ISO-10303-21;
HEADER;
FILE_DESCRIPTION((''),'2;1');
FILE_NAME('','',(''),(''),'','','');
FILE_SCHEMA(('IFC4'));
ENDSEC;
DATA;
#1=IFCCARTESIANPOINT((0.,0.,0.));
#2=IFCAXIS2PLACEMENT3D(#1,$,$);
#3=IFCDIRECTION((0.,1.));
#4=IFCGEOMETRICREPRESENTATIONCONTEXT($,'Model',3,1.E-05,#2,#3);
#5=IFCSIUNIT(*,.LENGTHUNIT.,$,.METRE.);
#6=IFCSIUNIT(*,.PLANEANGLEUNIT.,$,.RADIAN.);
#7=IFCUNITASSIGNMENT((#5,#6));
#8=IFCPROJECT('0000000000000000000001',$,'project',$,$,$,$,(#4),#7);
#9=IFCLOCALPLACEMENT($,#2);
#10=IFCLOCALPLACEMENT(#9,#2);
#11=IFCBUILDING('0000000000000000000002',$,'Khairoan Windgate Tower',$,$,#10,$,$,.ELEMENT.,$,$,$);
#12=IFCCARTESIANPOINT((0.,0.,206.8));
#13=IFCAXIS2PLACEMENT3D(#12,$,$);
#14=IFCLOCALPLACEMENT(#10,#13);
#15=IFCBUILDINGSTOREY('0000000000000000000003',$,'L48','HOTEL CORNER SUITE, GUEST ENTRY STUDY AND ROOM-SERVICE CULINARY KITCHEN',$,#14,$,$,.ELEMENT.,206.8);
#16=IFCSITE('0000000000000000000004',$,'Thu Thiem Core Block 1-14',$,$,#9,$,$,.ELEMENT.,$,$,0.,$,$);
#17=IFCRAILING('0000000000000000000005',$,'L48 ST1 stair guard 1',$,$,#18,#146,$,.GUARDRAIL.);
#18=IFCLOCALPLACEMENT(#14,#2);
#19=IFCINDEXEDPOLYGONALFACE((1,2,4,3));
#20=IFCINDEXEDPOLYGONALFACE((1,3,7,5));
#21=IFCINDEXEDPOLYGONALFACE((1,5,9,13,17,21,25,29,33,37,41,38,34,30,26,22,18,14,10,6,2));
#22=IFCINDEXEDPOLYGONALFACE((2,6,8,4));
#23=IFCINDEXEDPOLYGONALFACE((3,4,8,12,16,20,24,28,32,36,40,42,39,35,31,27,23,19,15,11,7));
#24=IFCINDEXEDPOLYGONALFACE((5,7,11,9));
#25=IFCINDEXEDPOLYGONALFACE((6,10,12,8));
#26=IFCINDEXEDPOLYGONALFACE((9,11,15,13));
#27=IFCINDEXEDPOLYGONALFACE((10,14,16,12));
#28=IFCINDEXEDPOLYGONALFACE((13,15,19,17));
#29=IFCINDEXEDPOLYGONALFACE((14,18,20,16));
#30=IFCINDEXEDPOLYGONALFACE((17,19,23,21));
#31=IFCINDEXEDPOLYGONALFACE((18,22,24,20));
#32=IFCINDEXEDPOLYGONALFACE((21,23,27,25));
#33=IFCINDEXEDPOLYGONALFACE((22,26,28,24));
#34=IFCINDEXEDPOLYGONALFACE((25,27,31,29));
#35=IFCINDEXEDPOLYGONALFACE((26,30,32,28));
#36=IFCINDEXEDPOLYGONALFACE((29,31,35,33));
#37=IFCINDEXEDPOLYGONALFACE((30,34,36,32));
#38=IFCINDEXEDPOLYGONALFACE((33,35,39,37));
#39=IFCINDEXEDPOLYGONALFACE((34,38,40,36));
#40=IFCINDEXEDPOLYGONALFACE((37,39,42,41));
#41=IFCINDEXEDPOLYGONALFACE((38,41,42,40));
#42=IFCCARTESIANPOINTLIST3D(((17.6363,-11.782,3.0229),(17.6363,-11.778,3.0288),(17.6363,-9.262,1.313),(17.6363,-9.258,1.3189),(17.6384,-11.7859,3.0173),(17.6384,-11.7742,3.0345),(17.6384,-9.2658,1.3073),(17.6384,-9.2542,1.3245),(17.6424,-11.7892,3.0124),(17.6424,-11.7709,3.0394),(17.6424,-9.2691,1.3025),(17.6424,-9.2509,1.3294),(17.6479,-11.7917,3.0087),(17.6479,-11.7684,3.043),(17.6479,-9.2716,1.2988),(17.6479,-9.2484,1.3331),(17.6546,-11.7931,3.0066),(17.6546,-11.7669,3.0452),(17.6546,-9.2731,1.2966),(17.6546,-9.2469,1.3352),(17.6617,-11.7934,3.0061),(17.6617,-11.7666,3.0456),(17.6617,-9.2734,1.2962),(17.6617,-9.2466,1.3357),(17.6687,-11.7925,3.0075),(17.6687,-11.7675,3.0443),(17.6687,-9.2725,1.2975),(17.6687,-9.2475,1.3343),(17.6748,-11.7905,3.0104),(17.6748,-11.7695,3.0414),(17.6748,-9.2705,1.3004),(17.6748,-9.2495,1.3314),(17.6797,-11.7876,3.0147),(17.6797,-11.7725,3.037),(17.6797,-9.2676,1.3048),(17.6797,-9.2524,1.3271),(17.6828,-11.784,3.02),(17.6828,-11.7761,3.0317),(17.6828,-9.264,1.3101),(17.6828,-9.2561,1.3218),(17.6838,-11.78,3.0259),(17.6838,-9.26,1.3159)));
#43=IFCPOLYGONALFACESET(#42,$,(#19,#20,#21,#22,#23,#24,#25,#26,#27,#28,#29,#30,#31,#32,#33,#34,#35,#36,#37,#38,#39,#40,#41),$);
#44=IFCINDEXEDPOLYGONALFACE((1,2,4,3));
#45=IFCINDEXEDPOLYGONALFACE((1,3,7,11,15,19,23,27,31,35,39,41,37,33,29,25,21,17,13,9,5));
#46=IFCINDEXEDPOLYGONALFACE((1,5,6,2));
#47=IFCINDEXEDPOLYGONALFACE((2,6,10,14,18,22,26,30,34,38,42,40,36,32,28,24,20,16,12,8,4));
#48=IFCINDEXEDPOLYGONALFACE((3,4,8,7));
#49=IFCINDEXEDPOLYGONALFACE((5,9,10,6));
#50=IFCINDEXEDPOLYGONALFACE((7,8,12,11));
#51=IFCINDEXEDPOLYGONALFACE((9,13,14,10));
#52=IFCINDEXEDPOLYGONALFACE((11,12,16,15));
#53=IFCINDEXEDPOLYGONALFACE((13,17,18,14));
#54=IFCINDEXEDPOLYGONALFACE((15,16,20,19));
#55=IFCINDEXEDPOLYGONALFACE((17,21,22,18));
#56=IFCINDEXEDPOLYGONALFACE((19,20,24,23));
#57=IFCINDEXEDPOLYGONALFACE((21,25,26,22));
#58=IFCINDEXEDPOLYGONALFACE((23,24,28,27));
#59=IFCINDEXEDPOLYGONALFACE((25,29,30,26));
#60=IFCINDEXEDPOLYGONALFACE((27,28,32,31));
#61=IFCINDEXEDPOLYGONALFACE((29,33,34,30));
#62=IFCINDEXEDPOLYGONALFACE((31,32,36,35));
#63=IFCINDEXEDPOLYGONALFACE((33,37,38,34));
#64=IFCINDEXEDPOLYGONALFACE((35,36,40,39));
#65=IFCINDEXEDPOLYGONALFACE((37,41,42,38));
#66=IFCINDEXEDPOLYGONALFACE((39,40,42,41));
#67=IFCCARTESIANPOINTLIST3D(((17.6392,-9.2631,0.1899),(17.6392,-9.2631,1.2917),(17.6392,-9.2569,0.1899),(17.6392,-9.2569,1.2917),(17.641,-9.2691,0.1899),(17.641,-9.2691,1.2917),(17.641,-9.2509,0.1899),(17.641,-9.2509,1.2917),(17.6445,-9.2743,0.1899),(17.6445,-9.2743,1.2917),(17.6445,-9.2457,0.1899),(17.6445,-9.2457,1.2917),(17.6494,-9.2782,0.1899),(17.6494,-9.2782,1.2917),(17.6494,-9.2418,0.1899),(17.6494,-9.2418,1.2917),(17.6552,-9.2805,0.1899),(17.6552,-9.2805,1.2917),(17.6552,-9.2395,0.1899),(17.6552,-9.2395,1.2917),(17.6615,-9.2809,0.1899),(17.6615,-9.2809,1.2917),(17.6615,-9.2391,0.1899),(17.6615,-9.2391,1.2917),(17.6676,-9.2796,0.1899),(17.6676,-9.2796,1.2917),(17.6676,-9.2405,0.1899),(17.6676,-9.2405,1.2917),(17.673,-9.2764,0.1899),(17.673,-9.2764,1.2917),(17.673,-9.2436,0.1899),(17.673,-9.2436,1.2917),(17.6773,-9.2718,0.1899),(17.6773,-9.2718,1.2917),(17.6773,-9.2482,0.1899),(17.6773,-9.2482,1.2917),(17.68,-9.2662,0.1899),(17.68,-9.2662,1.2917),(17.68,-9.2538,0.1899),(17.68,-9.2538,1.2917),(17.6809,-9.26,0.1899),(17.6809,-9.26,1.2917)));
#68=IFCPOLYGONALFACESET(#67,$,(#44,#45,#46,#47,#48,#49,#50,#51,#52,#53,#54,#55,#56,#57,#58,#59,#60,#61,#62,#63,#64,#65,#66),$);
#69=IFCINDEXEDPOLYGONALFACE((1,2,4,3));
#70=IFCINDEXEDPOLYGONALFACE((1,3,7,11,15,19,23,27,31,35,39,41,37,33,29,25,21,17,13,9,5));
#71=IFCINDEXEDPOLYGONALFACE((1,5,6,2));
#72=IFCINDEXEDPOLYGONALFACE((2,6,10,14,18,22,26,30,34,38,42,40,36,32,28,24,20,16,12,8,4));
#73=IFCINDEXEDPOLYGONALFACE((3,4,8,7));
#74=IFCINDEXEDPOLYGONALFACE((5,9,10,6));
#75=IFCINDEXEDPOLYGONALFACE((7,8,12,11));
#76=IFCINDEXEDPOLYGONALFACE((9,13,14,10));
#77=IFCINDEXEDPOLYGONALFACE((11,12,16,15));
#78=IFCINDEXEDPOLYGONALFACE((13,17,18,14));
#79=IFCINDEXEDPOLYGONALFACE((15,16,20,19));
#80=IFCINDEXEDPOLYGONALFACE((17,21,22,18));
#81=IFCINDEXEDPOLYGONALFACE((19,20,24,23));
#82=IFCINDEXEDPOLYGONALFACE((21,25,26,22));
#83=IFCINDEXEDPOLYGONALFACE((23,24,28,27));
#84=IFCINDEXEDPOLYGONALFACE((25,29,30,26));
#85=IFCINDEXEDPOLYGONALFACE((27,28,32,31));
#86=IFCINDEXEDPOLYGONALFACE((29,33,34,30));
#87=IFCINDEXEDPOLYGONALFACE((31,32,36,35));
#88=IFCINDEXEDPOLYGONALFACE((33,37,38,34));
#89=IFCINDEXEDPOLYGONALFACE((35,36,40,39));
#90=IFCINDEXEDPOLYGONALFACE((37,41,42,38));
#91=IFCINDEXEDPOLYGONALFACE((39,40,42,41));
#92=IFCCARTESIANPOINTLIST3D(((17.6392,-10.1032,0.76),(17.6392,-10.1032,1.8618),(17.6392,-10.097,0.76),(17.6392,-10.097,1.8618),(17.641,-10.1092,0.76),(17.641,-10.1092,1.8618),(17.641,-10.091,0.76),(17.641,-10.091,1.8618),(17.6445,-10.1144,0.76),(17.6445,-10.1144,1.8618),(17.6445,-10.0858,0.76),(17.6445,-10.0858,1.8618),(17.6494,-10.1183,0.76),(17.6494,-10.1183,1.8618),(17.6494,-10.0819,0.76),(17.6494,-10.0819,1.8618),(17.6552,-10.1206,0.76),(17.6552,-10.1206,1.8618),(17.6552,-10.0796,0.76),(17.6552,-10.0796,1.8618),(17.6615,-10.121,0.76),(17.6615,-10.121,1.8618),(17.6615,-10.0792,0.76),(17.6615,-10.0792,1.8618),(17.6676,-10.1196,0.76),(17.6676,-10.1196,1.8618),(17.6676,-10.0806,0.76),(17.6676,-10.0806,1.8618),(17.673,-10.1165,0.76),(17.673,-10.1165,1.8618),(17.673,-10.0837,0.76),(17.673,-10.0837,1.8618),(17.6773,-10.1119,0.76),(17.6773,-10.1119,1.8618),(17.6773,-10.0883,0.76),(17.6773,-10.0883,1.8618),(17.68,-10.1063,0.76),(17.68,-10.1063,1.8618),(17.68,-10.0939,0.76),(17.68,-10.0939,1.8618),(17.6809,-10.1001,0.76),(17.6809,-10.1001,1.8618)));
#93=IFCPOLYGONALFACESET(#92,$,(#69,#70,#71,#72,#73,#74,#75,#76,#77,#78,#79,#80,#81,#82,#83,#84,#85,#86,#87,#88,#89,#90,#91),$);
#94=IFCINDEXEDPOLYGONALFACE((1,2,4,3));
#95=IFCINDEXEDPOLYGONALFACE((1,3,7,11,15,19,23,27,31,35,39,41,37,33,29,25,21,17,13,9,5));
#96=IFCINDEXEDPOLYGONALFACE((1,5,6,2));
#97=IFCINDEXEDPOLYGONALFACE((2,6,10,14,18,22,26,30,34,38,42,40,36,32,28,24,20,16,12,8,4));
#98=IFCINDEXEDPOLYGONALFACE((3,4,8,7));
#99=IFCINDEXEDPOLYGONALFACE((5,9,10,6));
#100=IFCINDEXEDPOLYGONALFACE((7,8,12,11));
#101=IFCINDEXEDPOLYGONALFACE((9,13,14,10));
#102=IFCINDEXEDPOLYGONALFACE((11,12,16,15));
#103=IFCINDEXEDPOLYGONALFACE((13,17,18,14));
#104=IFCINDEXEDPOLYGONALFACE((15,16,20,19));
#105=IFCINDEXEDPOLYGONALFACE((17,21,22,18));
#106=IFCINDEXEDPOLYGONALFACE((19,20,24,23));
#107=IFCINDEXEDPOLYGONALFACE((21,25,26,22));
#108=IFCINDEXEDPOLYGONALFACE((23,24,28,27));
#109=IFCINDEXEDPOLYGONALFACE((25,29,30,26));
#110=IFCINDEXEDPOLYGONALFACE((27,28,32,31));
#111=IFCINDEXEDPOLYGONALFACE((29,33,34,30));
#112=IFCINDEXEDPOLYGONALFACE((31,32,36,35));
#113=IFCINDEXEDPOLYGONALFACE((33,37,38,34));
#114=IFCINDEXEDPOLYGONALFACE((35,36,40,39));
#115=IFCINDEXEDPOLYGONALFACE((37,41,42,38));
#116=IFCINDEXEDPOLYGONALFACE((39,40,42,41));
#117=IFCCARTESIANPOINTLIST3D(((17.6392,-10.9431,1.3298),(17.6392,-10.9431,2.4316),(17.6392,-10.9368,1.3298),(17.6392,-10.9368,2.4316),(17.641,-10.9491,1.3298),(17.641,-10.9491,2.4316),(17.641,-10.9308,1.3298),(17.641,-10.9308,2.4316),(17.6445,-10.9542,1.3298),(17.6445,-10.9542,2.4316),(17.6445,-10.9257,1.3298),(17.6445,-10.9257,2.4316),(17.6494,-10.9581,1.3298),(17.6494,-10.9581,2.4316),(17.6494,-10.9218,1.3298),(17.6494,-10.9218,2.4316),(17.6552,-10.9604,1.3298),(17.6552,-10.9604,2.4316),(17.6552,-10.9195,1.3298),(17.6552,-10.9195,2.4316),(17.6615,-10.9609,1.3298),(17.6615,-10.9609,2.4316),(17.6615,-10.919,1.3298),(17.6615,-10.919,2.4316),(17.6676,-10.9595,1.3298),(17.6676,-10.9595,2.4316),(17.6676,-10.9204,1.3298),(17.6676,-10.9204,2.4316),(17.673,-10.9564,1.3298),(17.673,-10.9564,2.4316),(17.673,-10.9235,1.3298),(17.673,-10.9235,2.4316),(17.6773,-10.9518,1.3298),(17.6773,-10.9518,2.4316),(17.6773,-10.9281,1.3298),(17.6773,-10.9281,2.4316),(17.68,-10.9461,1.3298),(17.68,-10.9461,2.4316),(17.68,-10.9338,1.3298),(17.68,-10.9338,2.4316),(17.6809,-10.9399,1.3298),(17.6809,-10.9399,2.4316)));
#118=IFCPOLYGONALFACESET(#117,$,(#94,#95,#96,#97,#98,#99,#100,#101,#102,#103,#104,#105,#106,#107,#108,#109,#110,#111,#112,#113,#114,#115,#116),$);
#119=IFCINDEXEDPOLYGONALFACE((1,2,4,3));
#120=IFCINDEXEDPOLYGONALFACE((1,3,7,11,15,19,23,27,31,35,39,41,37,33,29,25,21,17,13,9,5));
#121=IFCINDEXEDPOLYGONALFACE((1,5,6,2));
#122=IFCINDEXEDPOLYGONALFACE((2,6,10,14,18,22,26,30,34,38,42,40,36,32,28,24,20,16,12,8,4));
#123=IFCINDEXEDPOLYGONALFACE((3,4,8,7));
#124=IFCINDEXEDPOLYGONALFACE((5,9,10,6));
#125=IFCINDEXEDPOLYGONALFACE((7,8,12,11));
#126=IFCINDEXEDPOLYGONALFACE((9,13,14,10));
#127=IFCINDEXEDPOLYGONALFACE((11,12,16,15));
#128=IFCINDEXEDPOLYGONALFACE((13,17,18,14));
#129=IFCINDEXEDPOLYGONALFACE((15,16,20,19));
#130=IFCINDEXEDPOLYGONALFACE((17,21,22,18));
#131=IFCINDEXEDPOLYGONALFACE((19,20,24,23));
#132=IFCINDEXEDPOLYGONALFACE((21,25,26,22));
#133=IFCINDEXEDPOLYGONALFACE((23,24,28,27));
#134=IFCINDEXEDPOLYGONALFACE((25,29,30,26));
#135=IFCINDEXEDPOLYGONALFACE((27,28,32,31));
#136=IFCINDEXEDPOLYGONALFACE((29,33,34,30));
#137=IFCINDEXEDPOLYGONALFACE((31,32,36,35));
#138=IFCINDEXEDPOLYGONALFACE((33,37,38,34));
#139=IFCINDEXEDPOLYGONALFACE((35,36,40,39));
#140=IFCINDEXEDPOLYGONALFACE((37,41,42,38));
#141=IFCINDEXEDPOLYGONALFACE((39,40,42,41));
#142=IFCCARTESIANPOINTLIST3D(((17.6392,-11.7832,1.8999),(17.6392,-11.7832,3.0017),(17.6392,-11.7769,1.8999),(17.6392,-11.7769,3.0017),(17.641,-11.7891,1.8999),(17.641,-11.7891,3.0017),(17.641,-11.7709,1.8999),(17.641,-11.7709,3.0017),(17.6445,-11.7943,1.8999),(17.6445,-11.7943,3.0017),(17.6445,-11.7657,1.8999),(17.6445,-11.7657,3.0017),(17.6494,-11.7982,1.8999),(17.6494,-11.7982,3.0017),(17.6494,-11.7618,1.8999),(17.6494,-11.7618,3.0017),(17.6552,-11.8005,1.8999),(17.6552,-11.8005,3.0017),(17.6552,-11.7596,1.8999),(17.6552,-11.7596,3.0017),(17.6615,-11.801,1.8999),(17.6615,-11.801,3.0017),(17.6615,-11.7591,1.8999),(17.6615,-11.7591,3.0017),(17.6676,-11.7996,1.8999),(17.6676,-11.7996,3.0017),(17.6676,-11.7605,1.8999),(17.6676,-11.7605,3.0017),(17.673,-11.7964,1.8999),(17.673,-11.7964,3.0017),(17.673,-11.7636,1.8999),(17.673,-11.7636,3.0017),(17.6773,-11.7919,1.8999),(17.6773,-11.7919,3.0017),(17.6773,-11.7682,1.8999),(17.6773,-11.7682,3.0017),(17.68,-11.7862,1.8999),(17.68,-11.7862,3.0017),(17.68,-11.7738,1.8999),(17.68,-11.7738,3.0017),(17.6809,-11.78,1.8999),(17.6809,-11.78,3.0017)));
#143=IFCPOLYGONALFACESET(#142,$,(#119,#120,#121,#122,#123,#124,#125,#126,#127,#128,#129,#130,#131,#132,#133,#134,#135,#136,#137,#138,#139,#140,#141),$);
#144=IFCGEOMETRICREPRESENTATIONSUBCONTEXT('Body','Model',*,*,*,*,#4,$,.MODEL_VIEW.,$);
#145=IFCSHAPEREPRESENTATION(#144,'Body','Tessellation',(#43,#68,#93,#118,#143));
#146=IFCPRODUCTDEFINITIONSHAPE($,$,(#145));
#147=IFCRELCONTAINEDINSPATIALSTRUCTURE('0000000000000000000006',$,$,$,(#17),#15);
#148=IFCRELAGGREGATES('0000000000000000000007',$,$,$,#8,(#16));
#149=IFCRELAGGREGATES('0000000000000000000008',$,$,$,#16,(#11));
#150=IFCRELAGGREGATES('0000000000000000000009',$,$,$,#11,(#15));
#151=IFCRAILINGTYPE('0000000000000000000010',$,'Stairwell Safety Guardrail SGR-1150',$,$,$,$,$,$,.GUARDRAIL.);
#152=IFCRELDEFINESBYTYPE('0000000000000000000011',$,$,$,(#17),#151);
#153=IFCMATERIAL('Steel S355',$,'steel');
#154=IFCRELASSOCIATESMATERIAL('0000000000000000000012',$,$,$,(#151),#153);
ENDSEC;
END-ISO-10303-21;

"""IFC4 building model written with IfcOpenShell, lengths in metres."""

from ifc_helpers import new_model, si_unit, direction, frame, origin, origin_2d, place, context, subcontext, project, spatial, circle, extrude, material, type_object, element, save


model = new_model("IFC4")

# Units and contexts
model_context = context("Model", 3, precision=1e-05, world=origin(), true_north=direction((0.0, 1.0)))
body_context = subcontext(model_context, "Body", "Model", "MODEL_VIEW")
ifc_project = project(units=[si_unit("LENGTHUNIT", "METRE"), si_unit("PLANEANGLEUNIT", "RADIAN")], contexts=[model_context])

# Site, building, storey
site_placement = place(None, origin())
site = spatial("IfcSite", under=ifc_project, at=site_placement, Name="Thu Thiem Core Block 1-14", CompositionType="ELEMENT", RefElevation=0.0)
building_placement = place(site_placement, origin())
building = spatial("IfcBuilding", under=site, at=building_placement, Name="Khairoan Windgate Tower", CompositionType="ELEMENT")
storey_placement = place(building_placement, frame((0.0, 0.0, 206.8)))
storey = spatial("IfcBuildingStorey", under=building, at=storey_placement, Name="L48", Description="HOTEL CORNER SUITE, GUEST ENTRY STUDY AND ROOM-SERVICE CULINARY KITCHEN", CompositionType="ELEMENT", Elevation=206.8)

# Railing
ifc_material_1 = material(Name="Steel S355", Category="steel")
railing_type_1 = type_object("IfcRailingType", Name="Stairwell Safety Guardrail SGR-1150", PredefinedType="GUARDRAIL", material=ifc_material_1)
railing_1_placement = place(storey_placement, frame((17.6599, -9.26, 0.1899)))
element("IfcRailing", 1, at=railing_1_placement, inside=storey, type_object=railing_type_1, Name="L48 ST1 stair guard 1", PredefinedType="GUARDRAIL", context=body_context, shape_type="SweptSolid", body=[
    extrude(circle(Radius=0.0239, at=origin_2d()), frame((0.0, 0.0, 1.126), z_axis=(0.0, -0.827484, 0.56149), x_axis=(1.0, 0.0, 0.0)), (0.0, 0.0, 1.0), 3.0454),
    extrude(circle(Radius=0.021, at=origin_2d()), origin(), (0.0, 0.0, 1.0), 1.1018),
    extrude(circle(Radius=0.021, at=origin_2d()), frame((0.0, -0.8401, 0.5701)), (0.0, 0.0, 1.0), 1.1018),
    extrude(circle(Radius=0.021, at=origin_2d()), frame((0.0, -1.6799, 1.1399)), (0.0, 0.0, 1.0), 1.1018),
    extrude(circle(Radius=0.021, at=origin_2d()), frame((0.0, -2.52, 1.71)), (0.0, 0.0, 1.0), 1.1018),
])

save(model, "model.ifc")
